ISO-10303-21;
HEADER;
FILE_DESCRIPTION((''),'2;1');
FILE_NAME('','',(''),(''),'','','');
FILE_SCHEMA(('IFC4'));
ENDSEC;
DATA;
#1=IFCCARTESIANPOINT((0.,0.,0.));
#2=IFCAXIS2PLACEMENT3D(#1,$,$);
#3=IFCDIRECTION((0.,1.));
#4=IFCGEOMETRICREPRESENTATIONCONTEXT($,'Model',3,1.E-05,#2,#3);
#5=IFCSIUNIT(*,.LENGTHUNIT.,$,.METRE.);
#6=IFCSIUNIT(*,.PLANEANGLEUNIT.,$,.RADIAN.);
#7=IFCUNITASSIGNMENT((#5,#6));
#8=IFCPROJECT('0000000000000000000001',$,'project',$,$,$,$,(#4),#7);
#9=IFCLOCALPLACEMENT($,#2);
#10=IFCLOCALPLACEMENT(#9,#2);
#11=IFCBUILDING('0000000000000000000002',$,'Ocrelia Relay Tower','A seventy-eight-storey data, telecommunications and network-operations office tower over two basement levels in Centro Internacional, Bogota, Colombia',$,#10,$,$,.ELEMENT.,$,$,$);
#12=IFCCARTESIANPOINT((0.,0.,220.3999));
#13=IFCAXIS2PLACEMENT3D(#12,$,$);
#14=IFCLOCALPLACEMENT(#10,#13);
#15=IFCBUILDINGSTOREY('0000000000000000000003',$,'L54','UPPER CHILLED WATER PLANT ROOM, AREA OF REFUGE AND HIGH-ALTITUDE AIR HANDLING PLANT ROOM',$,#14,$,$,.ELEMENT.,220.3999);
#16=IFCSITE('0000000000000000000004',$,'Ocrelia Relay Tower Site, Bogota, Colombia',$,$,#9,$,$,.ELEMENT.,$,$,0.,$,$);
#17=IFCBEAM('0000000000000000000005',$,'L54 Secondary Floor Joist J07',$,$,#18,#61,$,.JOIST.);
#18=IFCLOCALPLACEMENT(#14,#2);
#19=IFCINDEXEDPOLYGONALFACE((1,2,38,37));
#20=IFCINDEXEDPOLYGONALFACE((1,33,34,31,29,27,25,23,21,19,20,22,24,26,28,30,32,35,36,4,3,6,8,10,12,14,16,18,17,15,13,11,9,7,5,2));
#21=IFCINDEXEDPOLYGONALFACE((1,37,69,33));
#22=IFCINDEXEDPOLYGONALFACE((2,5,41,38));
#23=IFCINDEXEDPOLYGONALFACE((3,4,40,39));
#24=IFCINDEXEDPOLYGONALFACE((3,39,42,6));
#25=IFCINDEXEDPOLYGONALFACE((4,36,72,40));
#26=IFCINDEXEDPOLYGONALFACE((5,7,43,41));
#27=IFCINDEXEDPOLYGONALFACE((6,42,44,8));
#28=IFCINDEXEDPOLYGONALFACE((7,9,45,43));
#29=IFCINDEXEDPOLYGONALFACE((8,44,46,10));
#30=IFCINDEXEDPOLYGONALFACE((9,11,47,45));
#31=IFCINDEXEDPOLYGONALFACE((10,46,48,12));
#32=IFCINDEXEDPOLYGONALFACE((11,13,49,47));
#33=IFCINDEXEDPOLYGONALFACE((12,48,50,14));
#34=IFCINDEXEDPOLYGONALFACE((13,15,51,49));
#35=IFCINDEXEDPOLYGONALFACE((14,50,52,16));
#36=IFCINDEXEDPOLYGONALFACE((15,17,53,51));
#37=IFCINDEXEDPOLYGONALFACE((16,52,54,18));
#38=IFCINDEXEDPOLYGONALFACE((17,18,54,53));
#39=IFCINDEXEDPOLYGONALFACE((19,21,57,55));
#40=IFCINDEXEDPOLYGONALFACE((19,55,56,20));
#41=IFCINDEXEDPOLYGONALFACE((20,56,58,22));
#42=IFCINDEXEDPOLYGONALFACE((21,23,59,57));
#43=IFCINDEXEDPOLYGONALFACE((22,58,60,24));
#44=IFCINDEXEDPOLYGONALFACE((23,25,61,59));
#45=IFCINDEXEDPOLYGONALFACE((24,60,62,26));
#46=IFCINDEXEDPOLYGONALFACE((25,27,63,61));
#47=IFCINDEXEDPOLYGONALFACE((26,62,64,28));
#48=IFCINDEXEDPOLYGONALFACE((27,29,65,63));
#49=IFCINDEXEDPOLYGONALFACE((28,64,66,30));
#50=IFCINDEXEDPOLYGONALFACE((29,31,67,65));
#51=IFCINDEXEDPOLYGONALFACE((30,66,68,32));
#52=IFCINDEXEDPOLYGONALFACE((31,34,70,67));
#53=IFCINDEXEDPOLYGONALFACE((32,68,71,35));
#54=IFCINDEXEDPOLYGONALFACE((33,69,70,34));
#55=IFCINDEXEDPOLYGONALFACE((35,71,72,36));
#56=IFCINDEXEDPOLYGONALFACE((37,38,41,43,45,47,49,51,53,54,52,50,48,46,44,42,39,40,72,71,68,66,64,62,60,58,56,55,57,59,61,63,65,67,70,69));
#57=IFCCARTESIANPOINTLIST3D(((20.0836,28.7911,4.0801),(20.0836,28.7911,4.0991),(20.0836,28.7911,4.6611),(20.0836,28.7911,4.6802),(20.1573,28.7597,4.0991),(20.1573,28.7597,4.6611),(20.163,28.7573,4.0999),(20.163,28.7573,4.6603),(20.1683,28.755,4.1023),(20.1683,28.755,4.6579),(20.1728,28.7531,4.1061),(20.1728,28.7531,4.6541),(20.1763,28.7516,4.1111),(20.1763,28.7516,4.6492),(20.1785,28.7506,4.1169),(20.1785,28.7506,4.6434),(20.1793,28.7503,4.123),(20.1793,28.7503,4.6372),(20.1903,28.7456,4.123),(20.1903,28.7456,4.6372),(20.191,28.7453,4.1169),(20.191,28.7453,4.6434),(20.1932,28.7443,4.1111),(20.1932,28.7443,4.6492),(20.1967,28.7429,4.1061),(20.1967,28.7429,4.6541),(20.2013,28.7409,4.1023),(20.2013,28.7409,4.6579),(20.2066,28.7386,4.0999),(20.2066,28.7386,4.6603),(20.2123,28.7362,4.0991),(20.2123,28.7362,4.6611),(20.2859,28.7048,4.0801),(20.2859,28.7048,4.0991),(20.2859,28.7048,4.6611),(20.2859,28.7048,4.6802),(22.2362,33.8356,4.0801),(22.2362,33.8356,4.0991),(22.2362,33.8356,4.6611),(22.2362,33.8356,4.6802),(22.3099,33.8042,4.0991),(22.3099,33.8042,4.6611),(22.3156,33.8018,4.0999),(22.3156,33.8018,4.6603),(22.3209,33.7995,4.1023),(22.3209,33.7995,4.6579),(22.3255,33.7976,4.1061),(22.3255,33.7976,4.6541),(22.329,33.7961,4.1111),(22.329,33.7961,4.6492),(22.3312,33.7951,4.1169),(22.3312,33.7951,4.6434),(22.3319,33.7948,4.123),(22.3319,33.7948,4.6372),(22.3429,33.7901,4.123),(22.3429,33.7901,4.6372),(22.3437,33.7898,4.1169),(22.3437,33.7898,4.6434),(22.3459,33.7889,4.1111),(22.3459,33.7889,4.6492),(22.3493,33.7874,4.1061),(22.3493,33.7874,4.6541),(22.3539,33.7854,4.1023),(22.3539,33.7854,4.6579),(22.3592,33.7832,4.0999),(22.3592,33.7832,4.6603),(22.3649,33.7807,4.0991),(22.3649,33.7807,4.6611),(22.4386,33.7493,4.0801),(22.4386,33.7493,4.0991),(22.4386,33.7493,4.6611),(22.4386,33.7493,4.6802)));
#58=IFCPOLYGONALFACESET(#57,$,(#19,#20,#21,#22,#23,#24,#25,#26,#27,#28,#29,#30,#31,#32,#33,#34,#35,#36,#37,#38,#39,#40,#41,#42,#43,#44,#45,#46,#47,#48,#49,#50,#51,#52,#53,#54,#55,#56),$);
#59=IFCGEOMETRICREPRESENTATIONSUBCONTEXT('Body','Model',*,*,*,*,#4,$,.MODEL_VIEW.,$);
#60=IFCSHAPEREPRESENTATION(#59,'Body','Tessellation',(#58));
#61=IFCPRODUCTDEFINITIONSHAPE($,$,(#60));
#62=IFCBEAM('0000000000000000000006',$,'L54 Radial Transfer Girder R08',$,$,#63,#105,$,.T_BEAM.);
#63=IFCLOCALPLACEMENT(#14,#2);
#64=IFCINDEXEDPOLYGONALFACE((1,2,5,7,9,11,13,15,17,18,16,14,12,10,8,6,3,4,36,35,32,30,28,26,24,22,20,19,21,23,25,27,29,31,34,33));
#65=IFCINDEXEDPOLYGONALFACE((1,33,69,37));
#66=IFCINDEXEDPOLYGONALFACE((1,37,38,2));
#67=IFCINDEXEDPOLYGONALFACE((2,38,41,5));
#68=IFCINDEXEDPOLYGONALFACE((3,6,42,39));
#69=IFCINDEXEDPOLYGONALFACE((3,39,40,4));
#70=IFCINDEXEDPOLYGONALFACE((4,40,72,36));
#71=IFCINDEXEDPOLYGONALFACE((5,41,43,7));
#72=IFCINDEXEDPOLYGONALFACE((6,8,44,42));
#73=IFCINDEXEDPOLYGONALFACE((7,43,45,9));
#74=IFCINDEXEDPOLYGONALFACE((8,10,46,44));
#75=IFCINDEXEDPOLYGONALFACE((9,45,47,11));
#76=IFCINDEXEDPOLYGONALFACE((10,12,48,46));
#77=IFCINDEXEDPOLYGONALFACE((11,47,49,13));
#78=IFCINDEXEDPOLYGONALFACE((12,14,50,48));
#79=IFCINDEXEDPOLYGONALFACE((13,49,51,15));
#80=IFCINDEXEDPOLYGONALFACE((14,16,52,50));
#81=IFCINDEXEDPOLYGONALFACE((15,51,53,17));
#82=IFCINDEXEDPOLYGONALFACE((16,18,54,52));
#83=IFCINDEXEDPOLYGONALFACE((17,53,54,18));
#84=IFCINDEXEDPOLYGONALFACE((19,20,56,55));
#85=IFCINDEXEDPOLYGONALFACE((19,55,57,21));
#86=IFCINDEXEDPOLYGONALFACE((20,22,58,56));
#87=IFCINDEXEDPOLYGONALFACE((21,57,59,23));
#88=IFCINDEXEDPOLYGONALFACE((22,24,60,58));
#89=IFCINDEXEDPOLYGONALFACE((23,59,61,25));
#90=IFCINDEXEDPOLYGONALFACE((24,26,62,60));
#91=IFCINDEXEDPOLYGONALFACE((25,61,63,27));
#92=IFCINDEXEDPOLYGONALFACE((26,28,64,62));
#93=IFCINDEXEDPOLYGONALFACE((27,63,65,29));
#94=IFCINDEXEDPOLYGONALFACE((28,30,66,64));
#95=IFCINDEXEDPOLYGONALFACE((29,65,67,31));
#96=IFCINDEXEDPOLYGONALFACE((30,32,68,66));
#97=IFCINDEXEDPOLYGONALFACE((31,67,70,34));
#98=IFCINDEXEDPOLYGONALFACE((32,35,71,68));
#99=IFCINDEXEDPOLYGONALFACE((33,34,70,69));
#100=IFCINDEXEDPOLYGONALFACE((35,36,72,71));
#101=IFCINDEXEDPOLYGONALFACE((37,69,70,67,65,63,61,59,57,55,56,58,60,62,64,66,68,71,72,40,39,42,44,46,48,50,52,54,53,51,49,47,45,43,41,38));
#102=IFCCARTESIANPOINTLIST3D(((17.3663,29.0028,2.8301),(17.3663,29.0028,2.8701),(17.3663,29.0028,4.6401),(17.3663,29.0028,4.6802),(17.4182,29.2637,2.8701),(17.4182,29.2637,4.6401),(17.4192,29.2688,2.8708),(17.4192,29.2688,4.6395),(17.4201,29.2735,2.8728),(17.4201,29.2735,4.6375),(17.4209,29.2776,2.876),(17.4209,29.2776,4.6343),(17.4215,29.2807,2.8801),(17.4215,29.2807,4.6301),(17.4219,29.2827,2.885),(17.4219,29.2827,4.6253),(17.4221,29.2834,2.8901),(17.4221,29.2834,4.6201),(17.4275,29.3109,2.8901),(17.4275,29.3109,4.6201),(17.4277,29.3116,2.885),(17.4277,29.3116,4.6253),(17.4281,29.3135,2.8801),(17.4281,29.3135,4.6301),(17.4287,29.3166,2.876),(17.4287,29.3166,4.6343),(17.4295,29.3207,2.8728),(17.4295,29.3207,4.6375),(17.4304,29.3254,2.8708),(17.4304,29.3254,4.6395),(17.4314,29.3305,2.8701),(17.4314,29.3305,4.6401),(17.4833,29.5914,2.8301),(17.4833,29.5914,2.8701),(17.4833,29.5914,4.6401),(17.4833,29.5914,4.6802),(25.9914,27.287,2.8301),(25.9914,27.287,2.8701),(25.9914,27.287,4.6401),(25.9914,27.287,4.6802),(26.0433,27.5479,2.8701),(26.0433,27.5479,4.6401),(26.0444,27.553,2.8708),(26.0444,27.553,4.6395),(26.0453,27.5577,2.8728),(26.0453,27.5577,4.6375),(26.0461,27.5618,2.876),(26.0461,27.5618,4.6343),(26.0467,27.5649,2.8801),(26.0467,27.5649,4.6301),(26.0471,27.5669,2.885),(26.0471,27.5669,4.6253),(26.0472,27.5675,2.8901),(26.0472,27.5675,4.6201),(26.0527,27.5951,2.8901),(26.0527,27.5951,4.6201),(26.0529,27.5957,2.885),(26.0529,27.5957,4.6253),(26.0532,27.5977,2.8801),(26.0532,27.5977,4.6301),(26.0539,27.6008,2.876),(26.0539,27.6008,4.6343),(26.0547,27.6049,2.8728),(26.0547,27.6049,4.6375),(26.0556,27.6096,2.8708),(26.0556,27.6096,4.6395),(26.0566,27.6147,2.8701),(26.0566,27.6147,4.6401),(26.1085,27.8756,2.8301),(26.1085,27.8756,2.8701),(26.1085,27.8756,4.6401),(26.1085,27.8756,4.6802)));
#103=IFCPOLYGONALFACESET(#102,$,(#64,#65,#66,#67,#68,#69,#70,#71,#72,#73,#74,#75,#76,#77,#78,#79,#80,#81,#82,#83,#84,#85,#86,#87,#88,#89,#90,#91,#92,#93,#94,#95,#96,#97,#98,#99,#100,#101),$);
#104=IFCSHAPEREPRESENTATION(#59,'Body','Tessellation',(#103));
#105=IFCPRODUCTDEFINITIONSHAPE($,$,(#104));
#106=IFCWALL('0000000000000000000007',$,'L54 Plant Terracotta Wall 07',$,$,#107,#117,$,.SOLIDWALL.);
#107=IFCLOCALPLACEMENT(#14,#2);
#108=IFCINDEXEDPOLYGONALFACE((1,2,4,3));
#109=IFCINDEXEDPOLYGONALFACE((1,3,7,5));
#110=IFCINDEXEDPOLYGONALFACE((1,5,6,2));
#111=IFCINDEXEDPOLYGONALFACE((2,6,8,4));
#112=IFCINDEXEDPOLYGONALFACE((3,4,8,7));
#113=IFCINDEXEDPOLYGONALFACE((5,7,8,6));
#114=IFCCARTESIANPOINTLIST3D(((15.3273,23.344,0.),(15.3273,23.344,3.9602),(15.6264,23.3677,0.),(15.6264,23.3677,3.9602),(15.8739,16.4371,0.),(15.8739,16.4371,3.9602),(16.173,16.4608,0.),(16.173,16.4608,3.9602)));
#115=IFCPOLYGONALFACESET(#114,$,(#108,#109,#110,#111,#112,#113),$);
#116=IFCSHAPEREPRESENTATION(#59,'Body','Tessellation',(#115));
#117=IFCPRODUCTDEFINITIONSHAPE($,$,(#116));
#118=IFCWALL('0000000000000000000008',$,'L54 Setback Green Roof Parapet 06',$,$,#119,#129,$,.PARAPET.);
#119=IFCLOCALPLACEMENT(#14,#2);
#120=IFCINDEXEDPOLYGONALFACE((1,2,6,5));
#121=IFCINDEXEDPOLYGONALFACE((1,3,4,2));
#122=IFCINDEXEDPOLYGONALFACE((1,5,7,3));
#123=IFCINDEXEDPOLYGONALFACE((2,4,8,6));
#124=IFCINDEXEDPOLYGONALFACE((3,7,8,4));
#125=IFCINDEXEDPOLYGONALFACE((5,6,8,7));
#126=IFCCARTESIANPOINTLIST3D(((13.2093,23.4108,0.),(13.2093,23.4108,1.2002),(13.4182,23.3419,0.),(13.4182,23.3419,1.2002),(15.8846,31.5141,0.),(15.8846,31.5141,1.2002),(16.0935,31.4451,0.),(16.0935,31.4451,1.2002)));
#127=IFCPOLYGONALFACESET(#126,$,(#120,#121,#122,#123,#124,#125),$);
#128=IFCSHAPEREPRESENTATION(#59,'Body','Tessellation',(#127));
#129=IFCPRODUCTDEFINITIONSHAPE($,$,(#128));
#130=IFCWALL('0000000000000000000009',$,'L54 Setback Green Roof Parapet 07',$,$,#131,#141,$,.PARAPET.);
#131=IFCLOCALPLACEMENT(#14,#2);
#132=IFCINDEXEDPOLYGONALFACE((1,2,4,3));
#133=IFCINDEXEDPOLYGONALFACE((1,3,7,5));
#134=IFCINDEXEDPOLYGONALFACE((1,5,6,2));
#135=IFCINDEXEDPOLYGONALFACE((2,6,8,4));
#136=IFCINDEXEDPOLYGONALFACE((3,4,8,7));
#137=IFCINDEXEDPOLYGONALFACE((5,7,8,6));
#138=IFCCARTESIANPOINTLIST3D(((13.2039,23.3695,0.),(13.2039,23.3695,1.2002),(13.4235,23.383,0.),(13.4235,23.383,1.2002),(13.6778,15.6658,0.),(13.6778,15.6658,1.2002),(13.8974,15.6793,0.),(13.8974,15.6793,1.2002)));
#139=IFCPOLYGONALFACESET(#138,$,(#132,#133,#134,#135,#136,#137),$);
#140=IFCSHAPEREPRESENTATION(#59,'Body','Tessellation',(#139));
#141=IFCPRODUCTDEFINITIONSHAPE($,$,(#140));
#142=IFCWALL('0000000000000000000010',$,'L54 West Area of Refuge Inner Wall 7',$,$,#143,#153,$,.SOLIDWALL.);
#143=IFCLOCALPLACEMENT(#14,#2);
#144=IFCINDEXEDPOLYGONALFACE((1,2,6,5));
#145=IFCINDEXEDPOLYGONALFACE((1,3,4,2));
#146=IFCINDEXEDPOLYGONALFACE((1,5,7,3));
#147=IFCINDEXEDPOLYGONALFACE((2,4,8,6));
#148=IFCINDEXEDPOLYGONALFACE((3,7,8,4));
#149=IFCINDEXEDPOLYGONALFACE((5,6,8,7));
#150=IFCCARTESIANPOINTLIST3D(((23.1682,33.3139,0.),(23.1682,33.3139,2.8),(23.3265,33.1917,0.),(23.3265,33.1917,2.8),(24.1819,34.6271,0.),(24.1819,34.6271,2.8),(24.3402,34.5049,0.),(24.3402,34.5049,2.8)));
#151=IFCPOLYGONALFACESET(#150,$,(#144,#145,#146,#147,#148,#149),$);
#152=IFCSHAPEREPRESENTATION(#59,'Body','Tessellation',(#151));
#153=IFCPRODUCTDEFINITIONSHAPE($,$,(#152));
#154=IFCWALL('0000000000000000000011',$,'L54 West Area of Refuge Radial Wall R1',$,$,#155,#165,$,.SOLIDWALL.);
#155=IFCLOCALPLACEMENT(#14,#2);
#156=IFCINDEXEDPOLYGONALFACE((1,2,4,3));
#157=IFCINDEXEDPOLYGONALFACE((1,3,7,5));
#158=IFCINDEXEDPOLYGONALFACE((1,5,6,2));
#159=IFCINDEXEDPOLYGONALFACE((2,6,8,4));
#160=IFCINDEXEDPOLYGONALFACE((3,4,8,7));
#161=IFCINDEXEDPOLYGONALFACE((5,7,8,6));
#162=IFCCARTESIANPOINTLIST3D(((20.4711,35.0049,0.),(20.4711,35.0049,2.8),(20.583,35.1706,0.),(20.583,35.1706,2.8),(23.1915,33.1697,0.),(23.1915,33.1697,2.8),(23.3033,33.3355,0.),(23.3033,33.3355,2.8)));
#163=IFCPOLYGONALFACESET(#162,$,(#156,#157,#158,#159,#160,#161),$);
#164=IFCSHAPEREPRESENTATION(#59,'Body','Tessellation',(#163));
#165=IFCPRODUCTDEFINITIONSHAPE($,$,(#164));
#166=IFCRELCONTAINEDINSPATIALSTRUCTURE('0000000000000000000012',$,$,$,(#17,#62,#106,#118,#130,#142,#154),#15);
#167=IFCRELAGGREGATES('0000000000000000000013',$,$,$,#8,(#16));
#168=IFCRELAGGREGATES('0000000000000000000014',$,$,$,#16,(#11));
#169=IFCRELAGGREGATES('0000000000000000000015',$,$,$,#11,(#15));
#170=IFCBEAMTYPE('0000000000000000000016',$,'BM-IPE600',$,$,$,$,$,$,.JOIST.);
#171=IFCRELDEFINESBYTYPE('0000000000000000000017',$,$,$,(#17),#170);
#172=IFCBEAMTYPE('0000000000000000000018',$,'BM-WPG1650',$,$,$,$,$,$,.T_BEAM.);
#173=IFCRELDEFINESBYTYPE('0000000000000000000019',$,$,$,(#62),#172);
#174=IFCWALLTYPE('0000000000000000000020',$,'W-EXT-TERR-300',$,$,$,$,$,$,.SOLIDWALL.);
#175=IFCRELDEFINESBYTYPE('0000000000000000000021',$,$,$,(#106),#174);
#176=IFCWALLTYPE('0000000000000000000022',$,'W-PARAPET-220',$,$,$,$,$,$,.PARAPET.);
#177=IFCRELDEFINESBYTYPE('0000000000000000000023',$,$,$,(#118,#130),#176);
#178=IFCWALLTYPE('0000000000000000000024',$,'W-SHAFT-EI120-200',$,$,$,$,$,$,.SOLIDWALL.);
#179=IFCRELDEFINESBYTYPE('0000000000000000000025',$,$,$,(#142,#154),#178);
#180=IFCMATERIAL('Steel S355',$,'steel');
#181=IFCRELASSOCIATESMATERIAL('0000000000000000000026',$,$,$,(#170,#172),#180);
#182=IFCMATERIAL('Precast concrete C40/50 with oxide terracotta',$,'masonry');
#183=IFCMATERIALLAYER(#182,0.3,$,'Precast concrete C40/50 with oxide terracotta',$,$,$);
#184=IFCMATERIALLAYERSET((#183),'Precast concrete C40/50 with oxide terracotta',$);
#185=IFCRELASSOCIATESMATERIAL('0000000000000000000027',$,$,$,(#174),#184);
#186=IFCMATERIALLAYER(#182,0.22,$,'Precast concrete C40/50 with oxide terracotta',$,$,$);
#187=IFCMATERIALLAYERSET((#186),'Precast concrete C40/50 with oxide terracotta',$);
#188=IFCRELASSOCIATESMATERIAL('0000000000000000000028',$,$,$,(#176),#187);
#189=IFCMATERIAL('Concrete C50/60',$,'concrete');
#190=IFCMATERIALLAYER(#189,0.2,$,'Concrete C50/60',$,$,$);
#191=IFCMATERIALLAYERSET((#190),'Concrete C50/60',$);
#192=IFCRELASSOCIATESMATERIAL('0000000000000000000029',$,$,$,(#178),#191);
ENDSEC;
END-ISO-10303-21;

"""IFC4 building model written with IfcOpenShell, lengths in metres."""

from ifc_helpers import new_model, si_unit, direction, frame, frame_2d, origin, origin_2d, place, context, subcontext, project, spatial, rectangle, i_section, extrude, material, layer, layer_set, material_profile, profile_set, type_object, element, save


model = new_model("IFC4")

# Units and contexts
model_context = context("Model", 3, precision=1e-05, world=origin(), true_north=direction((0.0, 1.0)))
body_context = subcontext(model_context, "Body", "Model", "MODEL_VIEW")
ifc_project = project(units=[si_unit("LENGTHUNIT", "METRE"), si_unit("PLANEANGLEUNIT", "RADIAN")], contexts=[model_context])

# Site, building, storey
site_placement = place(None, origin())
site = spatial("IfcSite", under=ifc_project, at=site_placement, Name="Ocrelia Relay Tower Site, Bogota, Colombia", CompositionType="ELEMENT", RefElevation=0.0)
building_placement = place(site_placement, origin())
building = spatial("IfcBuilding", under=site, at=building_placement, Name="Ocrelia Relay Tower", Description="A seventy-eight-storey data, telecommunications and network-operations office tower over two basement levels in Centro Internacional, Bogota, Colombia", CompositionType="ELEMENT")
storey_placement = place(building_placement, frame((0.0, 0.0, 220.3999)))
storey = spatial("IfcBuildingStorey", under=building, at=storey_placement, Name="L54", Description="UPPER CHILLED WATER PLANT ROOM, AREA OF REFUGE AND HIGH-ALTITUDE AIR HANDLING PLANT ROOM", CompositionType="ELEMENT", Elevation=220.3999)

# Beams
ifc_material_1 = material(Name="Steel S355", Category="steel")
ifc_material_profile_1 = material_profile(ifc_material_1, i_section(OverallWidth=0.22, OverallDepth=0.6001, WebThickness=0.012, FlangeThickness=0.019, FilletRadius=0.0239, at=origin_2d()), Name="IPE 600")
ifc_profile_set_1 = profile_set([ifc_material_profile_1], Name="Steel S355")
beam_type_1 = type_object("IfcBeamType", Name="BM-IPE600", PredefinedType="JOIST", material=ifc_profile_set_1)
beam_1_placement = place(storey_placement, frame((22.3374, 33.7925, 4.3801), z_axis=(-0.392484, -0.919759, 0.0), x_axis=(0.919759, -0.392484, 0.0)))
element("IfcBeam", 1, at=beam_1_placement, inside=storey, type_object=beam_type_1, Name="L54 Secondary Floor Joist J07", PredefinedType="JOIST", context=body_context, shape_type="SweptSolid", body=[
    extrude(i_section(OverallWidth=0.22, OverallDepth=0.6001, WebThickness=0.012, FlangeThickness=0.019, FilletRadius=0.0239, at=origin_2d()), origin(), (0.0, 0.0, 1.0), 5.4846),
])
ifc_material_profile_2 = material_profile(ifc_material_1, i_section(OverallWidth=0.6001, OverallDepth=1.8501, WebThickness=0.0281, FlangeThickness=0.04, FilletRadius=0.02, at=origin_2d()), Name="WPG 1850x600")
ifc_profile_set_2 = profile_set([ifc_material_profile_2], Name="Steel S355")
beam_type_2 = type_object("IfcBeamType", Name="BM-WPG1650", PredefinedType="T_BEAM", material=ifc_profile_set_2)
beam_2_placement = place(storey_placement, frame((17.4248, 29.2971, 3.7551), z_axis=(0.980782, -0.195107, 0.0), x_axis=(0.195107, 0.980782, 0.0)))
element("IfcBeam", 2, at=beam_2_placement, inside=storey, type_object=beam_type_2, Name="L54 Radial Transfer Girder R08", PredefinedType="T_BEAM", context=body_context, shape_type="SweptSolid", body=[
    extrude(i_section(OverallWidth=0.6001, OverallDepth=1.8501, WebThickness=0.0281, FlangeThickness=0.04, FilletRadius=0.02, at=origin_2d()), origin(), (0.0, 0.0, 1.0), 8.7942),
])

# Walls
ifc_material_2 = material(Name="Precast concrete C40/50 with oxide terracotta", Category="masonry")
ifc_layer_1 = layer(ifc_material_2, 0.3, Name="Precast concrete C40/50 with oxide terracotta")
ifc_layer_set_1 = layer_set([ifc_layer_1], Name="Precast concrete C40/50 with oxide terracotta")
wall_type_1 = type_object("IfcWallType", Name="W-EXT-TERR-300", PredefinedType="SOLIDWALL", material=ifc_layer_set_1)
wall_1_placement = place(storey_placement, frame((15.4768, 23.356, 0.0), z_axis=(0.0, 0.0, 1.0), x_axis=(0.078895, -0.996883, 0.0)))
element("IfcWall", 3, at=wall_1_placement, inside=storey, type_object=wall_type_1, Name="L54 Plant Terracotta Wall 07", PredefinedType="SOLIDWALL", context=body_context, shape_type="SweptSolid", body=[
    extrude(rectangle(XDim=6.9285, YDim=0.3, at=frame_2d((3.4644, 0.0))), origin(), (0.0, 0.0, 1.0), 3.9602),
])
ifc_layer_2 = layer(ifc_material_2, 0.22, Name="Precast concrete C40/50 with oxide terracotta")
ifc_layer_set_2 = layer_set([ifc_layer_2], Name="Precast concrete C40/50 with oxide terracotta")
wall_type_2 = type_object("IfcWallType", Name="W-PARAPET-220", PredefinedType="PARAPET", material=ifc_layer_set_2)
wall_2_placement = place(storey_placement, frame((15.989, 31.4795, 0.0), z_axis=(0.0, 0.0, 1.0), x_axis=(-0.313506, -0.949586, 0.0)))
element("IfcWall", 4, at=wall_2_placement, inside=storey, type_object=wall_type_2, Name="L54 Setback Green Roof Parapet 06", PredefinedType="PARAPET", context=body_context, shape_type="SweptSolid", body=[
    extrude(rectangle(XDim=8.5334, YDim=0.22, at=frame_2d((4.2666, 0.0))), origin(), (0.0, 0.0, 1.0), 1.2002),
])
wall_3_placement = place(storey_placement, frame((13.3137, 23.3762, 0.0), z_axis=(0.0, 0.0, 1.0), x_axis=(0.061398, -0.998113, 0.0)))
element("IfcWall", 5, at=wall_3_placement, inside=storey, type_object=wall_type_2, Name="L54 Setback Green Roof Parapet 07", PredefinedType="PARAPET", context=body_context, shape_type="SweptSolid", body=[
    extrude(rectangle(XDim=7.7183, YDim=0.22, at=frame_2d((3.8591, 0.0))), origin(), (0.0, 0.0, 1.0), 1.2002),
])
ifc_material_3 = material(Name="Concrete C50/60", Category="concrete")
ifc_layer_3 = layer(ifc_material_3, 0.2, Name="Concrete C50/60")
ifc_layer_set_3 = layer_set([ifc_layer_3], Name="Concrete C50/60")
wall_type_3 = type_object("IfcWallType", Name="W-SHAFT-EI120-200", PredefinedType="SOLIDWALL", material=ifc_layer_set_3)
wall_4_placement = place(storey_placement, frame((23.2473, 33.2527, 0.0), z_axis=(0.0, 0.0, 1.0), x_axis=(0.611033, 0.791605, 0.0)))
element("IfcWall", 6, at=wall_4_placement, inside=storey, type_object=wall_type_3, Name="L54 West Area of Refuge Inner Wall 7", PredefinedType="SOLIDWALL", context=body_context, shape_type="SweptSolid", body=[
    extrude(rectangle(XDim=1.6589, YDim=0.2, at=frame_2d((0.8296, 0.0))), origin(), (0.0, 0.0, 1.0), 2.8),
])
wall_5_placement = place(storey_placement, frame((23.2473, 33.2527, 0.0), z_axis=(0.0, 0.0, 1.0), x_axis=(-0.829005, 0.559242, 0.0)))
element("IfcWall", 7, at=wall_5_placement, inside=storey, type_object=wall_type_3, Name="L54 West Area of Refuge Radial Wall R1", PredefinedType="SOLIDWALL", context=body_context, shape_type="SweptSolid", body=[
    extrude(rectangle(XDim=3.2815, YDim=0.2, at=frame_2d((1.6406, 0.0))), origin(), (0.0, 0.0, 1.0), 2.8),
])

save(model, "model.ifc")
